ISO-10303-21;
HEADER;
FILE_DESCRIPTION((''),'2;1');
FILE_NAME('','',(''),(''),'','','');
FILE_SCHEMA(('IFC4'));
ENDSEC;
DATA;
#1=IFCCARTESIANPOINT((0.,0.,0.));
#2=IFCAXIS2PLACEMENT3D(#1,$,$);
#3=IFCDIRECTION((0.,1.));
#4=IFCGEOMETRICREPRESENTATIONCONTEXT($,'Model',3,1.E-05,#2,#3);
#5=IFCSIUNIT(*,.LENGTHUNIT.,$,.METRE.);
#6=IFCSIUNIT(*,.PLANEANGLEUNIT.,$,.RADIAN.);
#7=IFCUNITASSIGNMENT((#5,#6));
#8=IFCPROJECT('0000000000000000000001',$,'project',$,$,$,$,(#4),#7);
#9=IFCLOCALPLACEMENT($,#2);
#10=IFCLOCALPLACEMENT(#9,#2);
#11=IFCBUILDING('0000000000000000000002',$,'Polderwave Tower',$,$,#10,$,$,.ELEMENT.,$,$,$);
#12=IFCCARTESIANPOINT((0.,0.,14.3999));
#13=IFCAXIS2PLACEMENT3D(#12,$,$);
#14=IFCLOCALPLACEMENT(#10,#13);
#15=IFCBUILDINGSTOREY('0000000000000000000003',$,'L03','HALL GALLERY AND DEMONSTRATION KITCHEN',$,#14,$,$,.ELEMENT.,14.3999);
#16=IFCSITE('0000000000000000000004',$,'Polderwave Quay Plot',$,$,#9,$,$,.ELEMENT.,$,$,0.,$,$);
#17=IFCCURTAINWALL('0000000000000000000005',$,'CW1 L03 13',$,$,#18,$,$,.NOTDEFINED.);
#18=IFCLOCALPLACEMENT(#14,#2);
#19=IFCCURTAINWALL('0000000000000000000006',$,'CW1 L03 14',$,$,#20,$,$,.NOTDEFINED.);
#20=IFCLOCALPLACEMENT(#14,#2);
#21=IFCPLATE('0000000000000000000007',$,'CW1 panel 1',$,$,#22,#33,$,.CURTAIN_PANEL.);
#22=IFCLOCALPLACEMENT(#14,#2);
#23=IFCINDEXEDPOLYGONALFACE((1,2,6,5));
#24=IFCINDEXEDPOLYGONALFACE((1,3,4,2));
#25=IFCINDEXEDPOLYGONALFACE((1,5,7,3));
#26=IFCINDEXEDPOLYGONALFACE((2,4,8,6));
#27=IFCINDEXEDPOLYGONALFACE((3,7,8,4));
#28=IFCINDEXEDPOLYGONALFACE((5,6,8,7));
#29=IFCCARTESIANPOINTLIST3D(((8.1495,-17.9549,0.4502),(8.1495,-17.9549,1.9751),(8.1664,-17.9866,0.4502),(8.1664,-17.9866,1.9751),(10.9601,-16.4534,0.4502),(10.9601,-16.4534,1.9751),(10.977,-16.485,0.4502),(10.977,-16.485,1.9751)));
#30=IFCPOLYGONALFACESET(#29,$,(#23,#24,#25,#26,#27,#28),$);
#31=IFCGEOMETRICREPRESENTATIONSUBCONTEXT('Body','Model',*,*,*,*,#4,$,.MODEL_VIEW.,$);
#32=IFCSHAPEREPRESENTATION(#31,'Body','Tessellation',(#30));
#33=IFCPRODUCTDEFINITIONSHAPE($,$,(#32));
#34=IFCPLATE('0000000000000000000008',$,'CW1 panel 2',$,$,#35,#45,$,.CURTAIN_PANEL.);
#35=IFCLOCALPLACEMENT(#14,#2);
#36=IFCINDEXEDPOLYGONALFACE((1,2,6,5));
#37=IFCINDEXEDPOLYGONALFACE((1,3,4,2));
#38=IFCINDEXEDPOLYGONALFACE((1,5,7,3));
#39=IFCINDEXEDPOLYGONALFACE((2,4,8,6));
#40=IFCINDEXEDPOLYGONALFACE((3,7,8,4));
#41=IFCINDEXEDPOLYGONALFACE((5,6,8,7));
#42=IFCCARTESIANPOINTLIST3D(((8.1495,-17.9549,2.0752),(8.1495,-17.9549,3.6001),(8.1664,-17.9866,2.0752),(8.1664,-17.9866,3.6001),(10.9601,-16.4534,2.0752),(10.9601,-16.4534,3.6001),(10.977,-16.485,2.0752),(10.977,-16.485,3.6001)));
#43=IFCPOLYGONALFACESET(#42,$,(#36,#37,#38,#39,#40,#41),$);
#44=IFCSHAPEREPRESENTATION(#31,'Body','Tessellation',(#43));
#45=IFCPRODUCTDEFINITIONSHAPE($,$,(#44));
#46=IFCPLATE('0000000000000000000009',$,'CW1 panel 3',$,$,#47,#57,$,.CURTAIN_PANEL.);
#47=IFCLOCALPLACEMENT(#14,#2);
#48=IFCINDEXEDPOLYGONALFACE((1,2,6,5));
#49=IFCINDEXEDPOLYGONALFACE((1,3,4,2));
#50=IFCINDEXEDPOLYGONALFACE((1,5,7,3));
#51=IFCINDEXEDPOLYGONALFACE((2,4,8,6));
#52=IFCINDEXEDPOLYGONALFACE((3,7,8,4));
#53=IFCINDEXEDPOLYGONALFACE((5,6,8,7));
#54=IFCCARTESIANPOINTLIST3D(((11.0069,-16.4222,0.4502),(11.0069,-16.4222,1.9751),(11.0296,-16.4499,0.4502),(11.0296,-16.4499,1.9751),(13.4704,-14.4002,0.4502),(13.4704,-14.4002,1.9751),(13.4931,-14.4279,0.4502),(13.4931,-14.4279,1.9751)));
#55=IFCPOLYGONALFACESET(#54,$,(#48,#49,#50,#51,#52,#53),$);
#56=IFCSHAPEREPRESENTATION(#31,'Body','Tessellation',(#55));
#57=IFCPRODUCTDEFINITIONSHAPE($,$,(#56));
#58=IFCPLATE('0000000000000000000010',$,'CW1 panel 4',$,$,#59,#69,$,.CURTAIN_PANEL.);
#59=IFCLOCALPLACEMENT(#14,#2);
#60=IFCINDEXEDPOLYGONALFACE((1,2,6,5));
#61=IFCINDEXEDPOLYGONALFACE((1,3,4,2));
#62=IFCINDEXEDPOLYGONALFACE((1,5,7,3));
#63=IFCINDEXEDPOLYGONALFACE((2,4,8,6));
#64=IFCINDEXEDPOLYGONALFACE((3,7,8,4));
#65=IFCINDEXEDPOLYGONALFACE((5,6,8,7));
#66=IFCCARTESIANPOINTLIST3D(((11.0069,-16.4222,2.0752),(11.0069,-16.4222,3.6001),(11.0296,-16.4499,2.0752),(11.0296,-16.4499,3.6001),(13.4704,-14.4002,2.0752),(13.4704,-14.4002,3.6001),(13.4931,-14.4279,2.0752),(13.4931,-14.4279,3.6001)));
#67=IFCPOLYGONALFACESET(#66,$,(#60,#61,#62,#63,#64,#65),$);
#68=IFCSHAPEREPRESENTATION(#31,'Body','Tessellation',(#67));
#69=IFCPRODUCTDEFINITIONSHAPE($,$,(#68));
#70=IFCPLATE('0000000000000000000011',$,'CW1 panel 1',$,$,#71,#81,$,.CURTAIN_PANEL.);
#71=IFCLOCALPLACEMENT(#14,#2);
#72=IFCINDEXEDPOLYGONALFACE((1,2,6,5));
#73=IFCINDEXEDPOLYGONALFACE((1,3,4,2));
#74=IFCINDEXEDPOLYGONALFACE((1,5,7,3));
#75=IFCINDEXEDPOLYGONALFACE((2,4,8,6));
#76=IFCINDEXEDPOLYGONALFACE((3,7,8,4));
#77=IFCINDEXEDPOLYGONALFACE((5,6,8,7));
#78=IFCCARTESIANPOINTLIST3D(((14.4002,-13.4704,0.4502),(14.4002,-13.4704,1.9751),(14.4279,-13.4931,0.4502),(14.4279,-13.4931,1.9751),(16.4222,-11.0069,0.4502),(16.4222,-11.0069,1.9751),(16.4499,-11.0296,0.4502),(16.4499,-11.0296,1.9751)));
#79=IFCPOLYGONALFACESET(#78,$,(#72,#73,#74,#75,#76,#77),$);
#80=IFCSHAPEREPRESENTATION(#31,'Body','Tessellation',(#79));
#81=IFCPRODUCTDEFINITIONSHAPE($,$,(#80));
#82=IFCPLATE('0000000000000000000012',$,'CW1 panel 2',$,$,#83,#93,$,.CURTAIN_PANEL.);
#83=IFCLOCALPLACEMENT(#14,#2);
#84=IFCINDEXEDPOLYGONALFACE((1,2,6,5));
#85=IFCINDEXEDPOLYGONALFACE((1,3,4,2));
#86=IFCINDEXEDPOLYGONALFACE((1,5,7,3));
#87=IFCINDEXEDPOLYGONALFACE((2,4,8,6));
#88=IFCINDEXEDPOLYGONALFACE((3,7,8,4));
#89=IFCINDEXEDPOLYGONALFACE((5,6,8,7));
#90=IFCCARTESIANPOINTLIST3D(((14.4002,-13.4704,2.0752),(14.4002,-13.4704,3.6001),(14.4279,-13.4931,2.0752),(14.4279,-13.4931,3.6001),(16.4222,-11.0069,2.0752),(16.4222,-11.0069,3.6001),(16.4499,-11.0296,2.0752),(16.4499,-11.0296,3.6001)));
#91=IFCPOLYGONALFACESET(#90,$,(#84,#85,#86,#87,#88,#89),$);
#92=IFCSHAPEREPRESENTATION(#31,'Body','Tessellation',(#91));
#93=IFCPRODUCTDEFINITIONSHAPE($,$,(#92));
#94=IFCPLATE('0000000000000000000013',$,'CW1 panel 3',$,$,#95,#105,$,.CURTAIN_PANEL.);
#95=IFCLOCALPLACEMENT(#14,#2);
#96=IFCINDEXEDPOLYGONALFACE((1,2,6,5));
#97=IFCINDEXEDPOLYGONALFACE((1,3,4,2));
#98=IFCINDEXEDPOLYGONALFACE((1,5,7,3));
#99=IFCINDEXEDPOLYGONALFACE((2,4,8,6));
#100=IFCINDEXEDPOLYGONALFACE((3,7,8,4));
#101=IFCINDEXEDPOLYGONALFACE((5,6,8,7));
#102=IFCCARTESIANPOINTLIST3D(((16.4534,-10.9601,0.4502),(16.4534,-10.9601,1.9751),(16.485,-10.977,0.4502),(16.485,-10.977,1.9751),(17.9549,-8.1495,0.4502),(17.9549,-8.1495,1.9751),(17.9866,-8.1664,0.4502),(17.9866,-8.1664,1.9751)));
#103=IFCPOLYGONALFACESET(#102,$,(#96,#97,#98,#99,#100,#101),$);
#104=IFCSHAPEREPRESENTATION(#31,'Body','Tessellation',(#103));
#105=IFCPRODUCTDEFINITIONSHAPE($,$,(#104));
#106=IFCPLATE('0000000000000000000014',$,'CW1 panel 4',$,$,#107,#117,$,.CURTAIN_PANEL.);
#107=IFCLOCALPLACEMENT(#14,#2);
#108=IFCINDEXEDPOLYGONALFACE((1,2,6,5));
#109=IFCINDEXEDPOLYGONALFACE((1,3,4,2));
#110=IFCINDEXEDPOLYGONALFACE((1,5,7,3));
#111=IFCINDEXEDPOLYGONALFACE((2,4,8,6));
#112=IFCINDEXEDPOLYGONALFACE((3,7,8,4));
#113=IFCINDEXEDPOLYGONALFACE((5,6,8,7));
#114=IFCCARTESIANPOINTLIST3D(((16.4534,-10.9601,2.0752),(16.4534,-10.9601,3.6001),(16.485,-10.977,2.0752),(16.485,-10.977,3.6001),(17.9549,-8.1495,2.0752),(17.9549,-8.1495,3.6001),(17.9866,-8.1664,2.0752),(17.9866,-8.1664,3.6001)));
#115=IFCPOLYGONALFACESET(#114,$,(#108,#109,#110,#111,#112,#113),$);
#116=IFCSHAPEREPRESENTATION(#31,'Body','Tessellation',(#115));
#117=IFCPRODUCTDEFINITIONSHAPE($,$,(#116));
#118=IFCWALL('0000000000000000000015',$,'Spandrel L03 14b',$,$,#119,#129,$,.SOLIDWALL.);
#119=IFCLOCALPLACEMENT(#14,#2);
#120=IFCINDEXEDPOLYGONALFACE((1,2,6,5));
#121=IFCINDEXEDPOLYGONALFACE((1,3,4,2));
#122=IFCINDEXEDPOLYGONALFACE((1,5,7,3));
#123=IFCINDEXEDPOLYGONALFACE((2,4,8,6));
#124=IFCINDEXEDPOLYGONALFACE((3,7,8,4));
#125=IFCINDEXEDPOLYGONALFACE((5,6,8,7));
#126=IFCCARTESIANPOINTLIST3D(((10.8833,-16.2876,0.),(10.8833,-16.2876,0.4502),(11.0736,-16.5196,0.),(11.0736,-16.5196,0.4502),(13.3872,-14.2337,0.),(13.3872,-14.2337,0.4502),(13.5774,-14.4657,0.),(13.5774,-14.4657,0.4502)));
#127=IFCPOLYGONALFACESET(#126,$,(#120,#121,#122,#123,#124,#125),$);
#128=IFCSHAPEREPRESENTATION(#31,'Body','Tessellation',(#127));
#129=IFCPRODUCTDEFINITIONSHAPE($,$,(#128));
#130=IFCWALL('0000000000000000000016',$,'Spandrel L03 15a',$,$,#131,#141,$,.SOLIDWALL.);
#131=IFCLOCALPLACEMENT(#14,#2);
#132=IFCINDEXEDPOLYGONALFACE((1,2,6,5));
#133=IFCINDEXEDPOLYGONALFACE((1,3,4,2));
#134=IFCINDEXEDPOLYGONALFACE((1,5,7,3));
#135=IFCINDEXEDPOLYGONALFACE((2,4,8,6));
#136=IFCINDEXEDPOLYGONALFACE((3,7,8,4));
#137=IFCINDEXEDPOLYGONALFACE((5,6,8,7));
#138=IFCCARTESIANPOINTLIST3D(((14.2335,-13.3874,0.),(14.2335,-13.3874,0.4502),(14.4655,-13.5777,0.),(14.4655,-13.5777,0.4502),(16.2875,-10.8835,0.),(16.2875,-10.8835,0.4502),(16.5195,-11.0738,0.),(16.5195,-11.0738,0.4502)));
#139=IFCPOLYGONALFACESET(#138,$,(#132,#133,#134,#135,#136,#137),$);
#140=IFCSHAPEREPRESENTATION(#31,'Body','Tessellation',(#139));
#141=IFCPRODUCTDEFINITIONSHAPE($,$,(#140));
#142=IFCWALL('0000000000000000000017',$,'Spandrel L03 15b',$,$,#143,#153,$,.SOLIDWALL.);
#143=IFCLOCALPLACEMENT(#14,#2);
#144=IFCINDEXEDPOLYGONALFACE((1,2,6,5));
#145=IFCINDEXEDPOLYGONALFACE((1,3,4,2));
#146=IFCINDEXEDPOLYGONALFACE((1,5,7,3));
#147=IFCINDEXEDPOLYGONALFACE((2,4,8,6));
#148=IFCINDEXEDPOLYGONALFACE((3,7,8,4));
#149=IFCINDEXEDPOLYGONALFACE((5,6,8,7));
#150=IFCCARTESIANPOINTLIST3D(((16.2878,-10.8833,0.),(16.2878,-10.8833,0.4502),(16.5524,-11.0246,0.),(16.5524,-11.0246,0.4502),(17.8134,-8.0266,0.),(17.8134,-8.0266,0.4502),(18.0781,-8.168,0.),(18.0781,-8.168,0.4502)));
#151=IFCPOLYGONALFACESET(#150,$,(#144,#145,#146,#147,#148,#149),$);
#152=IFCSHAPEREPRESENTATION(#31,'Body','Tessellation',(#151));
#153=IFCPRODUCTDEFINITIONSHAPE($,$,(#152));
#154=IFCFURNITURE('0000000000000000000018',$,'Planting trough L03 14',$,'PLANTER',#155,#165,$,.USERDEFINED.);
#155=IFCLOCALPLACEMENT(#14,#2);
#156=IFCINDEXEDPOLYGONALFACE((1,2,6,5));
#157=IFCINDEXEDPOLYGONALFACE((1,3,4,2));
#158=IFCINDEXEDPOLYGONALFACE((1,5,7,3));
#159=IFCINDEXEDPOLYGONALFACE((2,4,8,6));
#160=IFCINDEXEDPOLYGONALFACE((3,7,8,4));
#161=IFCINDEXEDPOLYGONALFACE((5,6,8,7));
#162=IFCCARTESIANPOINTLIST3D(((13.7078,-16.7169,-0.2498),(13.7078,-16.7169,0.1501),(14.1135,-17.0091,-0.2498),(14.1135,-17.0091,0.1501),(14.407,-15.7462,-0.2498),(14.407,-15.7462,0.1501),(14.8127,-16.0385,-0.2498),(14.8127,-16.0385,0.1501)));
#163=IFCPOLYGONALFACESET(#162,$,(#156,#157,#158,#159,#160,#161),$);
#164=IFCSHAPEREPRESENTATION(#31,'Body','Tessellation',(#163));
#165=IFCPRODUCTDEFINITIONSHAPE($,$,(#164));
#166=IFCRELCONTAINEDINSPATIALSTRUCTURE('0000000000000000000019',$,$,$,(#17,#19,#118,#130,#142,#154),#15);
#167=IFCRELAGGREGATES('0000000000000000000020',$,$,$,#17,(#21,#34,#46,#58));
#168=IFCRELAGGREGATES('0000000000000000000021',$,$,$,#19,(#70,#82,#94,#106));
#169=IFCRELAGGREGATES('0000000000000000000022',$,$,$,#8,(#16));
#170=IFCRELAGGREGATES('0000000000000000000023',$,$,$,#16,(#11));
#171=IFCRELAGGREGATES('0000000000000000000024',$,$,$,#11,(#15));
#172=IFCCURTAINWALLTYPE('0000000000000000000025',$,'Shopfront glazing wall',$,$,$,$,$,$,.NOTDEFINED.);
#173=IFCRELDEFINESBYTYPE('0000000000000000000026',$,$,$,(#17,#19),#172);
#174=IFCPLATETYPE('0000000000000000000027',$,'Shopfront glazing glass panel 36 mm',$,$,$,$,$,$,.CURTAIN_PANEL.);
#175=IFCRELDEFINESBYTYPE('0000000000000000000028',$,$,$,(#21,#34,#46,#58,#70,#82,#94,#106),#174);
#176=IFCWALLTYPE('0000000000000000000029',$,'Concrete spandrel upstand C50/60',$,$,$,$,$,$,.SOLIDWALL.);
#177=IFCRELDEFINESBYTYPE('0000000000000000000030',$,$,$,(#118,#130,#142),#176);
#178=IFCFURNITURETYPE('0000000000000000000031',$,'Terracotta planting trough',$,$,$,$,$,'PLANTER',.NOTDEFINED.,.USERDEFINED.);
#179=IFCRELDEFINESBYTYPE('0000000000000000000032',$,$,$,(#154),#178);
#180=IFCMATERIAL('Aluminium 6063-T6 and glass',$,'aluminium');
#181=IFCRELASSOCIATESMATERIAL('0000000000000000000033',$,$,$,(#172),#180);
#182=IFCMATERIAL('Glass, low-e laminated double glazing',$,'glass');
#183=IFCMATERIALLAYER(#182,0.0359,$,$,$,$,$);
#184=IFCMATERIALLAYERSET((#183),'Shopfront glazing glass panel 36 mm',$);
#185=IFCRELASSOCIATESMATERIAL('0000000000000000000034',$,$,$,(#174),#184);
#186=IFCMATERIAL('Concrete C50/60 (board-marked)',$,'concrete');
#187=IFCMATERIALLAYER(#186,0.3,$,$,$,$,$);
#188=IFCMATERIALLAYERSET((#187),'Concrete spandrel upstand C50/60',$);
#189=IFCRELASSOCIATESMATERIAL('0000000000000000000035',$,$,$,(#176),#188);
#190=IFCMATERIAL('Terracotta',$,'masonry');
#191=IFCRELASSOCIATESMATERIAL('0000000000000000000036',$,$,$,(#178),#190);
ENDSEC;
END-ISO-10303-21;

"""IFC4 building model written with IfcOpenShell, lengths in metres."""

from ifc_helpers import new_model, si_unit, direction, frame, frame_2d, origin, origin_2d, place, context, subcontext, project, spatial, rectangle, extrude, material, layer, layer_set, type_object, element, aggregate, save


model = new_model("IFC4")

# Units and contexts
model_context = context("Model", 3, precision=1e-05, world=origin(), true_north=direction((0.0, 1.0)))
body_context = subcontext(model_context, "Body", "Model", "MODEL_VIEW")
ifc_project = project(units=[si_unit("LENGTHUNIT", "METRE"), si_unit("PLANEANGLEUNIT", "RADIAN")], contexts=[model_context])

# Site, building, storey
site_placement = place(None, origin())
site = spatial("IfcSite", under=ifc_project, at=site_placement, Name="Polderwave Quay Plot", CompositionType="ELEMENT", RefElevation=0.0)
building_placement = place(site_placement, origin())
building = spatial("IfcBuilding", under=site, at=building_placement, Name="Polderwave Tower", CompositionType="ELEMENT")
storey_placement = place(building_placement, frame((0.0, 0.0, 14.3999)))
storey = spatial("IfcBuildingStorey", under=building, at=storey_placement, Name="L03", Description="HALL GALLERY AND DEMONSTRATION KITCHEN", CompositionType="ELEMENT", Elevation=14.3999)

# Curtain walls
ifc_material_1 = material(Name="Aluminium 6063-T6 and glass", Category="aluminium")
curtain_wall_type = type_object("IfcCurtainWallType", Name="Shopfront glazing wall", PredefinedType="NOTDEFINED", material=ifc_material_1)
curtain_wall_1_placement = place(storey_placement, origin())
curtain_wall_1 = element("IfcCurtainWall", 1, at=curtain_wall_1_placement, inside=storey, type_object=curtain_wall_type, Name="CW1 L03 13", PredefinedType="NOTDEFINED")
curtain_wall_2_placement = place(storey_placement, origin())
curtain_wall_2 = element("IfcCurtainWall", 2, at=curtain_wall_2_placement, inside=storey, type_object=curtain_wall_type, Name="CW1 L03 14", PredefinedType="NOTDEFINED")

# Plates
ifc_material_2 = material(Name="Glass, low-e laminated double glazing", Category="glass")
ifc_layer_1 = layer(ifc_material_2, 0.0359)
ifc_layer_set_1 = layer_set([ifc_layer_1], Name="Shopfront glazing glass panel 36 mm")
plate_type = type_object("IfcPlateType", Name="Shopfront glazing glass panel 36 mm", PredefinedType="CURTAIN_PANEL", material=ifc_layer_set_1)
plate_1_placement = place(storey_placement, frame((9.5632, -17.22, 0.4502), z_axis=(0.0, 0.0, 1.0), x_axis=(0.882015, 0.471221, 0.0)))
plate_1 = element("IfcPlate", 3, at=plate_1_placement, type_object=plate_type, Name="CW1 panel 1", PredefinedType="CURTAIN_PANEL", context=body_context, shape_type="SweptSolid", body=[
    extrude(rectangle(XDim=3.1865, YDim=0.0359, at=origin_2d()), origin(), (0.0, 0.0, 1.0), 1.5249),
])
plate_2_placement = place(storey_placement, frame((9.5632, -17.22, 2.0752), z_axis=(0.0, 0.0, 1.0), x_axis=(0.882015, 0.471221, 0.0)))
plate_2 = element("IfcPlate", 4, at=plate_2_placement, type_object=plate_type, Name="CW1 panel 2", PredefinedType="CURTAIN_PANEL", context=body_context, shape_type="SweptSolid", body=[
    extrude(rectangle(XDim=3.1865, YDim=0.0359, at=origin_2d()), origin(), (0.0, 0.0, 1.0), 1.5249),
])
plate_3_placement = place(storey_placement, frame((12.25, -15.425, 0.4502), z_axis=(0.0, 0.0, 1.0), x_axis=(0.772977, 0.634434, 0.0)))
plate_3 = element("IfcPlate", 5, at=plate_3_placement, type_object=plate_type, Name="CW1 panel 3", PredefinedType="CURTAIN_PANEL", context=body_context, shape_type="SweptSolid", body=[
    extrude(rectangle(XDim=3.187, YDim=0.0359, at=origin_2d()), origin(), (0.0, 0.0, 1.0), 1.5249),
])
plate_4_placement = place(storey_placement, frame((12.25, -15.425, 2.0752), z_axis=(0.0, 0.0, 1.0), x_axis=(0.772977, 0.634434, 0.0)))
plate_4 = element("IfcPlate", 6, at=plate_4_placement, type_object=plate_type, Name="CW1 panel 4", PredefinedType="CURTAIN_PANEL", context=body_context, shape_type="SweptSolid", body=[
    extrude(rectangle(XDim=3.187, YDim=0.0359, at=origin_2d()), origin(), (0.0, 0.0, 1.0), 1.5249),
])
aggregate(curtain_wall_1, [plate_1, plate_2, plate_3, plate_4])
plate_5_placement = place(storey_placement, frame((15.425, -12.25, 0.4502), z_axis=(0.0, 0.0, 1.0), x_axis=(0.634434, 0.772977, 0.0)))
plate_5 = element("IfcPlate", 7, at=plate_5_placement, type_object=plate_type, Name="CW1 panel 1", PredefinedType="CURTAIN_PANEL", context=body_context, shape_type="SweptSolid", body=[
    extrude(rectangle(XDim=3.187, YDim=0.0359, at=origin_2d()), origin(), (0.0, 0.0, 1.0), 1.5249),
])
plate_6_placement = place(storey_placement, frame((15.425, -12.25, 2.0752), z_axis=(0.0, 0.0, 1.0), x_axis=(0.634434, 0.772977, 0.0)))
plate_6 = element("IfcPlate", 8, at=plate_6_placement, type_object=plate_type, Name="CW1 panel 2", PredefinedType="CURTAIN_PANEL", context=body_context, shape_type="SweptSolid", body=[
    extrude(rectangle(XDim=3.187, YDim=0.0359, at=origin_2d()), origin(), (0.0, 0.0, 1.0), 1.5249),
])
plate_7_placement = place(storey_placement, frame((17.22, -9.5632, 0.4502), z_axis=(0.0, 0.0, 1.0), x_axis=(0.471221, 0.882015, 0.0)))
plate_7 = element("IfcPlate", 9, at=plate_7_placement, type_object=plate_type, Name="CW1 panel 3", PredefinedType="CURTAIN_PANEL", context=body_context, shape_type="SweptSolid", body=[
    extrude(rectangle(XDim=3.1865, YDim=0.0359, at=origin_2d()), origin(), (0.0, 0.0, 1.0), 1.5249),
])
plate_8_placement = place(storey_placement, frame((17.22, -9.5632, 2.0752), z_axis=(0.0, 0.0, 1.0), x_axis=(0.471221, 0.882015, 0.0)))
plate_8 = element("IfcPlate", 10, at=plate_8_placement, type_object=plate_type, Name="CW1 panel 4", PredefinedType="CURTAIN_PANEL", context=body_context, shape_type="SweptSolid", body=[
    extrude(rectangle(XDim=3.1865, YDim=0.0359, at=origin_2d()), origin(), (0.0, 0.0, 1.0), 1.5249),
])
aggregate(curtain_wall_2, [plate_5, plate_6, plate_7, plate_8])

# Walls
ifc_material_3 = material(Name="Concrete C50/60 (board-marked)", Category="concrete")
ifc_layer_2 = layer(ifc_material_3, 0.3)
ifc_layer_set_2 = layer_set([ifc_layer_2], Name="Concrete spandrel upstand C50/60")
wall_type = type_object("IfcWallType", Name="Concrete spandrel upstand C50/60", PredefinedType="SOLIDWALL", material=ifc_layer_set_2)
for number, where, z_axis, x_axis, name in (
    (11, (10.9785, -16.4036, 0.0), (0.0, 0.0, 1.0), (0.773154, 0.634218, 0.0), "Spandrel L03 14b"),
    (12, (14.3496, -13.4824, 0.0), (0.0, 0.0, 1.0), (0.634218, 0.773154, 0.0), "Spandrel L03 15a"),
    (13, (16.4202, -10.9539, 0.0), (0.0, 0.0, 1.0), (0.471085, 0.882088, 0.0), "Spandrel L03 15b"),
):
    element("IfcWall", number, at=place(storey_placement, frame(where, z_axis=z_axis, x_axis=x_axis)), inside=storey, type_object=wall_type, Name=name, PredefinedType="SOLIDWALL", context=body_context, shape_type="SweptSolid", body=[
        extrude(rectangle(XDim=3.2385, YDim=0.3, at=frame_2d((1.6191, 0.0))), origin(), (0.0, 0.0, 1.0), 0.4502),
    ])

# Furniture
ifc_material_4 = material(Name="Terracotta", Category="masonry")
furniture_type = type_object("IfcFurnitureType", Name="Terracotta planting trough", ElementType="PLANTER", AssemblyPlace="NOTDEFINED", PredefinedType="USERDEFINED", material=ifc_material_4)
furniture_placement = place(storey_placement, frame((14.2603, -16.3777, -0.2498), z_axis=(0.0, 0.0, 1.0), x_axis=(0.584499, 0.811394, 0.0)))
element("IfcFurniture", 14, at=furniture_placement, inside=storey, type_object=furniture_type, Name="Planting trough L03 14", ObjectType="PLANTER", PredefinedType="USERDEFINED", context=body_context, shape_type="SweptSolid", body=[
    extrude(rectangle(XDim=1.1963, YDim=0.5, at=origin_2d()), origin(), (0.0, 0.0, 1.0), 0.3999),
])

save(model, "model.ifc")
